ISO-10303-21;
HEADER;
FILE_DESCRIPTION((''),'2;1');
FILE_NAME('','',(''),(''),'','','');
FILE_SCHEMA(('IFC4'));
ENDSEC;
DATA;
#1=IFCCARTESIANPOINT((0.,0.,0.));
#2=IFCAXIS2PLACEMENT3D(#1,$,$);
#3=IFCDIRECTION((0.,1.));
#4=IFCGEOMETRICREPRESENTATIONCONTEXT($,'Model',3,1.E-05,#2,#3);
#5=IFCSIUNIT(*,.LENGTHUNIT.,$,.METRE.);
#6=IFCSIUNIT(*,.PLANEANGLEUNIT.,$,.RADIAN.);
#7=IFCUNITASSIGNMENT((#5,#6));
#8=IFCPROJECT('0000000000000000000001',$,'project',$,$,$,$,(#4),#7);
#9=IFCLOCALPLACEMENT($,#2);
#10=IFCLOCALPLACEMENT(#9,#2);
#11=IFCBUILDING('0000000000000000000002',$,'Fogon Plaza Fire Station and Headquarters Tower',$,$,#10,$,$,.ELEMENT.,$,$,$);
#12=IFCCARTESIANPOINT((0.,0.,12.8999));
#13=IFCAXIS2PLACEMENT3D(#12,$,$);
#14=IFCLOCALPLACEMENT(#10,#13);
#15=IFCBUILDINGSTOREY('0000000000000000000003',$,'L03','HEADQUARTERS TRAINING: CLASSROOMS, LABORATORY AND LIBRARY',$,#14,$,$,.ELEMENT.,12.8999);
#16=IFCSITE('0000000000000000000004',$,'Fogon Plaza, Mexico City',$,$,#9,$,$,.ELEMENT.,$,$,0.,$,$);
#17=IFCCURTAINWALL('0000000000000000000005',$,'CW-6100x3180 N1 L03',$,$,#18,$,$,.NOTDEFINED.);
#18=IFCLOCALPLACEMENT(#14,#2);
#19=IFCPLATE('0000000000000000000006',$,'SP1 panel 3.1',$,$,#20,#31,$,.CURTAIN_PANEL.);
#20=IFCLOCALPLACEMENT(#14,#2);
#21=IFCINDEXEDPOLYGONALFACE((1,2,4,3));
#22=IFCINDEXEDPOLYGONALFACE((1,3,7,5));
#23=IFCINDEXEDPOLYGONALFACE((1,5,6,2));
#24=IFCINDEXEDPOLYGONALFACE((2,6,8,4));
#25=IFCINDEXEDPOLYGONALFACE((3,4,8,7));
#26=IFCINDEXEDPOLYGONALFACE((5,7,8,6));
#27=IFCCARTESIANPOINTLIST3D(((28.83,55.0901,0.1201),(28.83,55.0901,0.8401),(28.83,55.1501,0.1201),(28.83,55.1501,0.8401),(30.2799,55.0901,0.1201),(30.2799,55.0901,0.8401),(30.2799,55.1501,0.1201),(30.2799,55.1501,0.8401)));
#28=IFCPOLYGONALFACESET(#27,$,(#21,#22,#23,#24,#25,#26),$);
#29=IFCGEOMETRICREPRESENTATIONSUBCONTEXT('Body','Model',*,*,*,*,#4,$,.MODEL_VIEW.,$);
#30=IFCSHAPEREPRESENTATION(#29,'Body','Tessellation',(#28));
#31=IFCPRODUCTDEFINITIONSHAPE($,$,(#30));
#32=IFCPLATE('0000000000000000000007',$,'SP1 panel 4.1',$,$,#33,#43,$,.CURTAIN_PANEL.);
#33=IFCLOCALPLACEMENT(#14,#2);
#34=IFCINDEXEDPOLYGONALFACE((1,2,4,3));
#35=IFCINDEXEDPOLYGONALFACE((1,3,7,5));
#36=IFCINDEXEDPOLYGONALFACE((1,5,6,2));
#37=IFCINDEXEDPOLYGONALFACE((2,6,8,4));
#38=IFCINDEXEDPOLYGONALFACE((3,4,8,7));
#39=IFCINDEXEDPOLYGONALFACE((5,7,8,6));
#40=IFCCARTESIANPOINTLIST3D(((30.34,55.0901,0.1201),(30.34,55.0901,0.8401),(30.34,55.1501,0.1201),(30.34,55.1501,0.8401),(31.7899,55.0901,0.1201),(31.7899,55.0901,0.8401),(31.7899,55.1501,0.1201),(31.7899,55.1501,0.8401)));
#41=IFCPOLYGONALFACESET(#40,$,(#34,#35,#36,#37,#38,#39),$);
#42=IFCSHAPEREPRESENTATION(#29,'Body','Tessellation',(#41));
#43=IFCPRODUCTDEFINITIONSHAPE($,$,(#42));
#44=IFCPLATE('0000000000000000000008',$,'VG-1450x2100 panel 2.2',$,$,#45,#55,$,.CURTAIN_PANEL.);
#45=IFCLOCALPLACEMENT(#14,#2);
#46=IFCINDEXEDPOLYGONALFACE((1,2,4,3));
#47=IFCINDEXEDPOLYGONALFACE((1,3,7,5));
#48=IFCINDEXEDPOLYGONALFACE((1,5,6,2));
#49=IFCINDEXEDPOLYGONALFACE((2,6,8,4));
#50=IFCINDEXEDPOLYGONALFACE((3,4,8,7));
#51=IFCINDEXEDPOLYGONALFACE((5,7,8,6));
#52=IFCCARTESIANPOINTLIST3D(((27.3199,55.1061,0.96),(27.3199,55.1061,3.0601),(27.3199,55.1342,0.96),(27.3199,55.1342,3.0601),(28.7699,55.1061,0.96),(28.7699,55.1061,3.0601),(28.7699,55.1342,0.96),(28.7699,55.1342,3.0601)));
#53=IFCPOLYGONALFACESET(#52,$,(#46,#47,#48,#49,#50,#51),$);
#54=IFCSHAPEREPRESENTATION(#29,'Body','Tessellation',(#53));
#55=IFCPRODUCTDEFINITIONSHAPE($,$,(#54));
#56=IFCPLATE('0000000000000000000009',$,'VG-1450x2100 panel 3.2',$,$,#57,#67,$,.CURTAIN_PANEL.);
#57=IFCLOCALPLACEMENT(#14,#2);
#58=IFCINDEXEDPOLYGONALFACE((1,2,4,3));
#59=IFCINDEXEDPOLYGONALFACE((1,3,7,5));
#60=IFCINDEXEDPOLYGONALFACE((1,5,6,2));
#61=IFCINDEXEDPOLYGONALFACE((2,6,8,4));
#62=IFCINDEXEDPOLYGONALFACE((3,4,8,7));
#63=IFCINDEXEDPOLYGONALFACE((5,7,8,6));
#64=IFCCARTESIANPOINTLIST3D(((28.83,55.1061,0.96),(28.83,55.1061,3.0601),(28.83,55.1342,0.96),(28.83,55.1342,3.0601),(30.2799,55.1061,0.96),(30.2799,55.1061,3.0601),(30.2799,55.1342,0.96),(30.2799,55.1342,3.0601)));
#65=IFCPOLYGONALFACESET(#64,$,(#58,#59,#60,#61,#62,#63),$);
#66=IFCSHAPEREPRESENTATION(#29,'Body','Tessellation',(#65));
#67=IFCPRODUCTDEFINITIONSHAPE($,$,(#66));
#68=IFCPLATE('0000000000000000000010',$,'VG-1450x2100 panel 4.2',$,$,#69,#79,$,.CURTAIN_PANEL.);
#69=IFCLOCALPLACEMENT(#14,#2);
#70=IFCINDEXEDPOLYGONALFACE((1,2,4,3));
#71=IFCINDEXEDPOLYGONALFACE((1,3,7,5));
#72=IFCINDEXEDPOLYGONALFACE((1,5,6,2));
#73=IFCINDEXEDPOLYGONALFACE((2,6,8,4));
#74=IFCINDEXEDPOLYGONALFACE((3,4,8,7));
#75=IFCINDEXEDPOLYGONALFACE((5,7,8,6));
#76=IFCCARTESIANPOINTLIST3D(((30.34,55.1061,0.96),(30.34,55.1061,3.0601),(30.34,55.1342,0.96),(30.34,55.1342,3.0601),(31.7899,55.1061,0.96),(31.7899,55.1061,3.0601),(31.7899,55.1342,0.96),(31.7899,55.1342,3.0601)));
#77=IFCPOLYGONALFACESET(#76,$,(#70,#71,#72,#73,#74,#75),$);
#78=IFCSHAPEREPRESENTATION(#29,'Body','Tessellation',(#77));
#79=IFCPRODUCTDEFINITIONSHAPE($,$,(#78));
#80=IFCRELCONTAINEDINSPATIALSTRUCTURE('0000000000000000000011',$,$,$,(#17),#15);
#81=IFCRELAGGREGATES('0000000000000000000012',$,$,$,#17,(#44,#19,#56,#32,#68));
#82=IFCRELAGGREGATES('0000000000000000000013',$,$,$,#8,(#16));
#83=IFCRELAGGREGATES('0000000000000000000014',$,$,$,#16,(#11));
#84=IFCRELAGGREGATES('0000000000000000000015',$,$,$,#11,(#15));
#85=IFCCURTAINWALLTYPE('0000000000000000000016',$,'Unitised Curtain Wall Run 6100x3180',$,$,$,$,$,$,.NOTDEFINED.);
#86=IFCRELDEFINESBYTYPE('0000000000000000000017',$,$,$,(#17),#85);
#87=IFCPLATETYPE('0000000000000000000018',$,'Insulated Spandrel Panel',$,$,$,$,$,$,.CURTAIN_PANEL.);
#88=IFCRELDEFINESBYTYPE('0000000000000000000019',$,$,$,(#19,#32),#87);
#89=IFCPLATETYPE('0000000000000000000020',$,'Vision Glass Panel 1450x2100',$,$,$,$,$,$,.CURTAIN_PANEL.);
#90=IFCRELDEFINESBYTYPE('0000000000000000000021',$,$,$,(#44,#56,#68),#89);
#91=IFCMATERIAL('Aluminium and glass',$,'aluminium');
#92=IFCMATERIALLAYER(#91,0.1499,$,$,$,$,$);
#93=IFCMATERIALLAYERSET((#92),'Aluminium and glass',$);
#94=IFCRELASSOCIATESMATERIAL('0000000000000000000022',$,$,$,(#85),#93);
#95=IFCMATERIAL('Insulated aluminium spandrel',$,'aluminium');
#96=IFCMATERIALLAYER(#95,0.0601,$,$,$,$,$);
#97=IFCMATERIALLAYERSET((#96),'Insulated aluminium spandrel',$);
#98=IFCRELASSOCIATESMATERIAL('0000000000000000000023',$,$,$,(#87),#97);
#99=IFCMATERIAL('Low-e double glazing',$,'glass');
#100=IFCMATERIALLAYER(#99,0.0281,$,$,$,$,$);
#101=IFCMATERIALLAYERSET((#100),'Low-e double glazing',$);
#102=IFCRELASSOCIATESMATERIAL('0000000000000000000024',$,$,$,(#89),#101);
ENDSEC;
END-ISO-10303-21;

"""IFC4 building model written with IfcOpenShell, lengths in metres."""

from ifc_helpers import new_model, si_unit, direction, frame, origin, origin_2d, place, context, subcontext, project, spatial, rectangle, extrude, material, layer, layer_set, type_object, element, aggregate, save


model = new_model("IFC4")

# Units and contexts
model_context = context("Model", 3, precision=1e-05, world=origin(), true_north=direction((0.0, 1.0)))
body_context = subcontext(model_context, "Body", "Model", "MODEL_VIEW")
ifc_project = project(units=[si_unit("LENGTHUNIT", "METRE"), si_unit("PLANEANGLEUNIT", "RADIAN")], contexts=[model_context])

# Site, building, storey
site_placement = place(None, origin())
site = spatial("IfcSite", under=ifc_project, at=site_placement, Name="Fogon Plaza, Mexico City", CompositionType="ELEMENT", RefElevation=0.0)
building_placement = place(site_placement, origin())
building = spatial("IfcBuilding", under=site, at=building_placement, Name="Fogon Plaza Fire Station and Headquarters Tower", CompositionType="ELEMENT")
storey_placement = place(building_placement, frame((0.0, 0.0, 12.8999)))
storey = spatial("IfcBuildingStorey", under=building, at=storey_placement, Name="L03", Description="HEADQUARTERS TRAINING: CLASSROOMS, LABORATORY AND LIBRARY", CompositionType="ELEMENT", Elevation=12.8999)

# Curtain wall
ifc_material_1 = material(Name="Aluminium and glass", Category="aluminium")
ifc_layer_1 = layer(ifc_material_1, 0.1499)
ifc_layer_set_1 = layer_set([ifc_layer_1], Name="Aluminium and glass")
curtain_wall_type = type_object("IfcCurtainWallType", Name="Unitised Curtain Wall Run 6100x3180", PredefinedType="NOTDEFINED", material=ifc_layer_set_1)
curtain_wall_placement = place(storey_placement, origin())
curtain_wall = element("IfcCurtainWall", 1, at=curtain_wall_placement, inside=storey, type_object=curtain_wall_type, Name="CW-6100x3180 N1 L03", PredefinedType="NOTDEFINED")

# Plates
ifc_material_2 = material(Name="Insulated aluminium spandrel", Category="aluminium")
ifc_layer_2 = layer(ifc_material_2, 0.0601)
ifc_layer_set_2 = layer_set([ifc_layer_2], Name="Insulated aluminium spandrel")
plate_type_1 = type_object("IfcPlateType", Name="Insulated Spandrel Panel", PredefinedType="CURTAIN_PANEL", material=ifc_layer_set_2)
plate_1_placement = place(storey_placement, frame((29.5549, 55.1201, 0.1201), z_axis=(0.0, 0.0, 1.0), x_axis=(1.0, 0.0, 0.0)))
plate_1 = element("IfcPlate", 2, at=plate_1_placement, type_object=plate_type_1, Name="SP1 panel 3.1", PredefinedType="CURTAIN_PANEL", context=body_context, shape_type="SweptSolid", body=[
    extrude(rectangle(XDim=1.45, YDim=0.0601, at=origin_2d()), origin(), (0.0, 0.0, 1.0), 0.72),
])
plate_2_placement = place(storey_placement, frame((31.0649, 55.1201, 0.1201), z_axis=(0.0, 0.0, 1.0), x_axis=(1.0, 0.0, 0.0)))
plate_2 = element("IfcPlate", 3, at=plate_2_placement, type_object=plate_type_1, Name="SP1 panel 4.1", PredefinedType="CURTAIN_PANEL", context=body_context, shape_type="SweptSolid", body=[
    extrude(rectangle(XDim=1.45, YDim=0.0601, at=origin_2d()), origin(), (0.0, 0.0, 1.0), 0.72),
])
ifc_material_3 = material(Name="Low-e double glazing", Category="glass")
ifc_layer_3 = layer(ifc_material_3, 0.0281)
ifc_layer_set_3 = layer_set([ifc_layer_3], Name="Low-e double glazing")
plate_type_2 = type_object("IfcPlateType", Name="Vision Glass Panel 1450x2100", PredefinedType="CURTAIN_PANEL", material=ifc_layer_set_3)
plate_3_placement = place(storey_placement, frame((28.0449, 55.1201, 0.96), z_axis=(0.0, 0.0, 1.0), x_axis=(1.0, 0.0, 0.0)))
plate_3 = element("IfcPlate", 4, at=plate_3_placement, type_object=plate_type_2, Name="VG-1450x2100 panel 2.2", PredefinedType="CURTAIN_PANEL", context=body_context, shape_type="SweptSolid", body=[
    extrude(rectangle(XDim=1.45, YDim=0.0281, at=origin_2d()), origin(), (0.0, 0.0, 1.0), 2.1001),
])
plate_4_placement = place(storey_placement, frame((29.5549, 55.1201, 0.96), z_axis=(0.0, 0.0, 1.0), x_axis=(1.0, 0.0, 0.0)))
plate_4 = element("IfcPlate", 5, at=plate_4_placement, type_object=plate_type_2, Name="VG-1450x2100 panel 3.2", PredefinedType="CURTAIN_PANEL", context=body_context, shape_type="SweptSolid", body=[
    extrude(rectangle(XDim=1.45, YDim=0.0281, at=origin_2d()), origin(), (0.0, 0.0, 1.0), 2.1001),
])
plate_5_placement = place(storey_placement, frame((31.0649, 55.1201, 0.96), z_axis=(0.0, 0.0, 1.0), x_axis=(1.0, 0.0, 0.0)))
plate_5 = element("IfcPlate", 6, at=plate_5_placement, type_object=plate_type_2, Name="VG-1450x2100 panel 4.2", PredefinedType="CURTAIN_PANEL", context=body_context, shape_type="SweptSolid", body=[
    extrude(rectangle(XDim=1.45, YDim=0.0281, at=origin_2d()), origin(), (0.0, 0.0, 1.0), 2.1001),
])
aggregate(curtain_wall, [plate_3, plate_1, plate_4, plate_2, plate_5])

save(model, "model.ifc")
